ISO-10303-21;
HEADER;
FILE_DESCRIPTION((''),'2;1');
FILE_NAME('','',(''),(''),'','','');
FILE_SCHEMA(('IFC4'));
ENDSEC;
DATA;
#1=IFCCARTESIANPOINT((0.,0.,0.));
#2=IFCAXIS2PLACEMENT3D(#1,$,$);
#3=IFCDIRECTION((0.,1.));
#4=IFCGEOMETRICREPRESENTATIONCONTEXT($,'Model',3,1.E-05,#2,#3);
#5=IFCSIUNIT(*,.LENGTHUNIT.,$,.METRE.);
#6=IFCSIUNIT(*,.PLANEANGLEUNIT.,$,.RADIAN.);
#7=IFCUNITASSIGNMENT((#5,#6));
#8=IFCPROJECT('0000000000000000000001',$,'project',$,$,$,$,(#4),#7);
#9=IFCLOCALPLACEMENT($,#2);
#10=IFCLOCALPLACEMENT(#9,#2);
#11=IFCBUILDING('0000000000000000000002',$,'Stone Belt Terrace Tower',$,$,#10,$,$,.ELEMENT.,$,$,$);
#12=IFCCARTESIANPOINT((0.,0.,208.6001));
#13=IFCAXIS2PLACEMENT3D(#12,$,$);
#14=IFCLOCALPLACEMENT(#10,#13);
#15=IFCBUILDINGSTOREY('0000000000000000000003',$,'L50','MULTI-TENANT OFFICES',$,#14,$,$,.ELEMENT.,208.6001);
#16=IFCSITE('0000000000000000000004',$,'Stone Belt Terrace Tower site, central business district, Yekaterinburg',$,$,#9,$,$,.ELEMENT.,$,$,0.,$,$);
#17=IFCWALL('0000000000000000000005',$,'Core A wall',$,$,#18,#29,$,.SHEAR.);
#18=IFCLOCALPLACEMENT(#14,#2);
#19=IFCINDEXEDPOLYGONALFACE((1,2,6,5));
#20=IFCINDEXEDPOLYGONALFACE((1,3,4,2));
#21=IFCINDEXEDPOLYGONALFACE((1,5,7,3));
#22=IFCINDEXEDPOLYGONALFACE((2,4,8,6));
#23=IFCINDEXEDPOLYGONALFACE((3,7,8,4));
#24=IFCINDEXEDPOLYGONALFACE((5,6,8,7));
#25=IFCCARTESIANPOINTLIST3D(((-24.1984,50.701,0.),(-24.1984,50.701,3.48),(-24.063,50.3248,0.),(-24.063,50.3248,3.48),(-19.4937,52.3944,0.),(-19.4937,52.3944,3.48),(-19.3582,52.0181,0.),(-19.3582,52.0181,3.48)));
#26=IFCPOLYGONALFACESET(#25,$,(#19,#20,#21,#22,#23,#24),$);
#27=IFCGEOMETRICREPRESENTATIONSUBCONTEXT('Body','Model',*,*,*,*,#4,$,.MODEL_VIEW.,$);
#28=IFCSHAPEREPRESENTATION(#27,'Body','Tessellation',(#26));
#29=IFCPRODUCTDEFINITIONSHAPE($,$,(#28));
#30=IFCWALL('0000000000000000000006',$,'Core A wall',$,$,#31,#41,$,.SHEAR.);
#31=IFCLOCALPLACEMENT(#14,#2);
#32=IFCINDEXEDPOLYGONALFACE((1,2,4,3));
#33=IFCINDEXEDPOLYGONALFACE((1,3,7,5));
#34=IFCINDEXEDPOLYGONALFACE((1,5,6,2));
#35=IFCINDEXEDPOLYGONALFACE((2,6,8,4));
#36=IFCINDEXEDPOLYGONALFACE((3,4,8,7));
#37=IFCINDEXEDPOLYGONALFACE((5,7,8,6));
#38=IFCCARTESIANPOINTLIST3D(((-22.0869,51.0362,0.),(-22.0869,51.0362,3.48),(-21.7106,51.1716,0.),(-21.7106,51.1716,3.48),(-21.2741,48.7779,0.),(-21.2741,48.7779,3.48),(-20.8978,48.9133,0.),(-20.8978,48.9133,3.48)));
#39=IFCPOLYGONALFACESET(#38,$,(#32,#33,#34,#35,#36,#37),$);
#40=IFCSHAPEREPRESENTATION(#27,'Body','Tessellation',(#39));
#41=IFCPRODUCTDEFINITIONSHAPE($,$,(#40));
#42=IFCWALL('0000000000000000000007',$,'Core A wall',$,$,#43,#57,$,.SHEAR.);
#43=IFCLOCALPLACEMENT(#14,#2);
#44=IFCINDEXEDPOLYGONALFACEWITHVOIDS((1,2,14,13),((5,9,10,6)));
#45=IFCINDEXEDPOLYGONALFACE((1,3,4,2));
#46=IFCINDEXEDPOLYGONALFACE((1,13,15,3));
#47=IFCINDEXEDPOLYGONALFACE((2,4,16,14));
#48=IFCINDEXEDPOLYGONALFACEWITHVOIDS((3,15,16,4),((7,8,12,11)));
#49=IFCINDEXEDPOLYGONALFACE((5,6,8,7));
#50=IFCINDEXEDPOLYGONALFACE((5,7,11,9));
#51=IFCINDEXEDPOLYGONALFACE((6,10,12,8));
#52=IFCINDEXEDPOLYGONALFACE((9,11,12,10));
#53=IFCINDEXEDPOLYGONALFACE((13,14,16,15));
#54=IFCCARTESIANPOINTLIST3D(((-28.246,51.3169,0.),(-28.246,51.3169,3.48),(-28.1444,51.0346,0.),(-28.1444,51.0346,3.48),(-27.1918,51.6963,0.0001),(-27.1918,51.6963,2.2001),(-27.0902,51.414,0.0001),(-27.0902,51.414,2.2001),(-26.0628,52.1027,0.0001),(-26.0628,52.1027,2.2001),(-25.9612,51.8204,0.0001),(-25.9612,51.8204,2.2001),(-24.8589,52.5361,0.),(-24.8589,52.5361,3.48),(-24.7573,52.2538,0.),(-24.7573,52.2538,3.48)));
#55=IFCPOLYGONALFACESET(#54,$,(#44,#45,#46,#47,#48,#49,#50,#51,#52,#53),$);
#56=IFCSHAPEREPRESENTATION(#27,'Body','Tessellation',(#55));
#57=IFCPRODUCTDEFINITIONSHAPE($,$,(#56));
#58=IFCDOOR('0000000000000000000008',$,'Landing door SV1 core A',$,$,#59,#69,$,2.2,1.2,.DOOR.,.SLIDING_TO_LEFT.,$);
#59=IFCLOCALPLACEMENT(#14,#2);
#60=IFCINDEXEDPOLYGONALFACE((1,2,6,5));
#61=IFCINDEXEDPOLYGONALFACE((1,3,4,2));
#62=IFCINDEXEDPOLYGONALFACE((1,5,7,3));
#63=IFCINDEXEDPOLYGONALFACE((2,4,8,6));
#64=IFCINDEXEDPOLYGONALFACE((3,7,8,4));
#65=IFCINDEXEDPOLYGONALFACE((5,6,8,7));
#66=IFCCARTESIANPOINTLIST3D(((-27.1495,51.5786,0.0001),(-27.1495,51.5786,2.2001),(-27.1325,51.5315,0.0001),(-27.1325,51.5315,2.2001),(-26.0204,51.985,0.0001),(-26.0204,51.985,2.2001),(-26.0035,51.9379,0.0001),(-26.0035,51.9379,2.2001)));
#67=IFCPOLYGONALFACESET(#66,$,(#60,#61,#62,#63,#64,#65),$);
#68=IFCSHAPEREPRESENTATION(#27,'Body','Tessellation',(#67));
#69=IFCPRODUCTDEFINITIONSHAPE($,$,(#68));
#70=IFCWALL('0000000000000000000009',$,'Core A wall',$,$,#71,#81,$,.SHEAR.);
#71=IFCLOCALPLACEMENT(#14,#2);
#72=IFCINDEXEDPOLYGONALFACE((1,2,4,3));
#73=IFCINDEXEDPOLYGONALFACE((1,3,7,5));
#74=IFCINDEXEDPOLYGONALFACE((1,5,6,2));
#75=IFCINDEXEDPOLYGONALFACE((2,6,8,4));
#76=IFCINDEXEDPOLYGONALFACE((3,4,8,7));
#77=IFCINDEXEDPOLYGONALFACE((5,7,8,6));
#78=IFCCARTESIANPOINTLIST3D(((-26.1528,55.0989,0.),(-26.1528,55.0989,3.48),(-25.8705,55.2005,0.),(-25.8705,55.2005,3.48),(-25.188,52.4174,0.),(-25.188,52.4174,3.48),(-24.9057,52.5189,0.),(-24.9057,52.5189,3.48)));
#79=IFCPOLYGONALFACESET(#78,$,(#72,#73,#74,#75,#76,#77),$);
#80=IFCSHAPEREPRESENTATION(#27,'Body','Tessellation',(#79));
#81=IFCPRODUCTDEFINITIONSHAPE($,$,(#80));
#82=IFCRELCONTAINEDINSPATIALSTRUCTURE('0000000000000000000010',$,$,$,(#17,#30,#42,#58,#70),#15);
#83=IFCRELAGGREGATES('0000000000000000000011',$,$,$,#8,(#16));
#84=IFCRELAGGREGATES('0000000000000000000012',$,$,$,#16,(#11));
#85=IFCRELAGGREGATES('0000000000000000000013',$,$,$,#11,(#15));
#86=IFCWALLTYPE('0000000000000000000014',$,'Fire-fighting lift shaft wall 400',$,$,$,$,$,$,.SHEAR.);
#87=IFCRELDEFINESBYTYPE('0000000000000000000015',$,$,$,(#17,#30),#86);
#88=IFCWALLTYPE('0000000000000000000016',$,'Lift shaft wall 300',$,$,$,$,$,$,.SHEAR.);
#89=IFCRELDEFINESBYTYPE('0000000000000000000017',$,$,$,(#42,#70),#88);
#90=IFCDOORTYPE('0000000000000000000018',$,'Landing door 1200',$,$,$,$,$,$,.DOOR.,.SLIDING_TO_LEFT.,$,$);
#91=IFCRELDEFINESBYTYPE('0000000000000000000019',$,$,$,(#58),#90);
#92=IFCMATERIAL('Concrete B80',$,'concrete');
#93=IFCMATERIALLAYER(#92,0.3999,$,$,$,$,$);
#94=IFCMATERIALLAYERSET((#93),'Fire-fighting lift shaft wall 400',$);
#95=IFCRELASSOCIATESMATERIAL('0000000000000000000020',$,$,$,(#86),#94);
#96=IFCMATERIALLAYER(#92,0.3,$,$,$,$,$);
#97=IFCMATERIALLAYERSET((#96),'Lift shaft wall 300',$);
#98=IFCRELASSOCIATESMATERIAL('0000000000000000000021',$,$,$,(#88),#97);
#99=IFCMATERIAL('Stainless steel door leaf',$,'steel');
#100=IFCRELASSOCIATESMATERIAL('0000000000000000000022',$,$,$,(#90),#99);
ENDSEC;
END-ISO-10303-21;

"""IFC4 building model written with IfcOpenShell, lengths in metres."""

from ifc_helpers import new_model, si_unit, direction, frame, frame_2d, origin, place, context, subcontext, project, spatial, rectangle, extrude, material, layer, layer_set, type_object, element, fill, save


model = new_model("IFC4")

# Units and contexts
model_context = context("Model", 3, precision=1e-05, world=origin(), true_north=direction((0.0, 1.0)))
body_context = subcontext(model_context, "Body", "Model", "MODEL_VIEW")
ifc_project = project(units=[si_unit("LENGTHUNIT", "METRE"), si_unit("PLANEANGLEUNIT", "RADIAN")], contexts=[model_context])

# Site, building, storey
site_placement = place(None, origin())
site = spatial("IfcSite", under=ifc_project, at=site_placement, Name="Stone Belt Terrace Tower site, central business district, Yekaterinburg", CompositionType="ELEMENT", RefElevation=0.0)
building_placement = place(site_placement, origin())
building = spatial("IfcBuilding", under=site, at=building_placement, Name="Stone Belt Terrace Tower", CompositionType="ELEMENT")
storey_placement = place(building_placement, frame((0.0, 0.0, 208.6001)))
storey = spatial("IfcBuildingStorey", under=building, at=storey_placement, Name="L50", Description="MULTI-TENANT OFFICES", CompositionType="ELEMENT", Elevation=208.6001)

# Walls
ifc_material_1 = material(Name="Concrete B80", Category="concrete")
ifc_layer_1 = layer(ifc_material_1, 0.3999)
ifc_layer_set_1 = layer_set([ifc_layer_1], Name="Fire-fighting lift shaft wall 400")
wall_type_1 = type_object("IfcWallType", Name="Fire-fighting lift shaft wall 400", PredefinedType="SHEAR", material=ifc_layer_set_1)
wall_1_placement = place(storey_placement, frame((-24.1306, 50.5129, 0.0), z_axis=(0.0, 0.0, 1.0), x_axis=(0.940912, 0.338652, 0.0)))
element("IfcWall", 1, at=wall_1_placement, inside=storey, type_object=wall_type_1, Name="Core A wall", PredefinedType="SHEAR", context=body_context, shape_type="SweptSolid", body=[
    extrude(rectangle(XDim=5.0002, YDim=0.3999, at=frame_2d((2.5, 0.0))), origin(), (0.0, 0.0, 1.0), 3.48),
])
wall_2_placement = place(storey_placement, frame((-21.0859, 48.8455, 0.0), z_axis=(0.0, 0.0, 1.0), x_axis=(-0.338629, 0.94092, 0.0)))
element("IfcWall", 2, at=wall_2_placement, inside=storey, type_object=wall_type_1, Name="Core A wall", PredefinedType="SHEAR", context=body_context, shape_type="SweptSolid", body=[
    extrude(rectangle(XDim=2.4001, YDim=0.3999, at=frame_2d((1.2002, 0.0))), origin(), (0.0, 0.0, 1.0), 3.48),
])

# Wall, opening, door
ifc_layer_2 = layer(ifc_material_1, 0.3)
ifc_layer_set_2 = layer_set([ifc_layer_2], Name="Lift shaft wall 300")
wall_type_2 = type_object("IfcWallType", Name="Lift shaft wall 300", PredefinedType="SHEAR", material=ifc_layer_set_2)
wall_3_placement = place(storey_placement, frame((-28.1951, 51.1758, 0.0), z_axis=(0.0, 0.0, 1.0), x_axis=(0.940901, 0.338681, 0.0)))
wall_3 = element("IfcWall", 3, at=wall_3_placement, inside=storey, type_object=wall_type_2, Name="Core A wall", PredefinedType="SHEAR", context=body_context, shape_type="SweptSolid", body=[
    extrude(rectangle(XDim=3.5999, YDim=0.3, at=frame_2d((1.7998, 0.0))), origin(), (0.0, 0.0, 1.0), 3.48),
])
opening_1_placement = place(wall_3_placement, frame((1.1201, 0.0, 0.0)))
opening_1 = element("IfcOpeningElement", 4, at=opening_1_placement, cuts=wall_3, PredefinedType="OPENING", context=body_context, shape_type="SweptSolid", body=[
    extrude(rectangle(XDim=1.2, YDim=2.2, at=frame_2d((0.6001, 1.1001))), frame((0.0, 0.1599, 0.0), z_axis=(0.0, -1.0, 0.0), x_axis=(1.0, 0.0, 0.0)), (0.0, 0.0, 1.0), 0.3201),
])
ifc_material_2 = material(Name="Stainless steel door leaf", Category="steel")
door_type_1 = type_object("IfcDoorType", Name="Landing door 1200", OperationType="SLIDING_TO_LEFT", PredefinedType="DOOR", material=ifc_material_2)
door_1_placement = place(opening_1_placement, origin())
door_1 = element("IfcDoor", 5, at=door_1_placement, inside=storey, type_object=door_type_1, Name="Landing door SV1 core A", OperationType="SLIDING_TO_LEFT", OverallHeight=2.2, OverallWidth=1.2, PredefinedType="DOOR", context=body_context, shape_type="SweptSolid", body=[
    extrude(rectangle(XDim=1.2, YDim=2.2, at=frame_2d((0.6001, 1.1001))), frame((0.0, 0.0249, 0.0), z_axis=(0.0, -1.0, 0.0), x_axis=(1.0, 0.0, 0.0)), (0.0, 0.0, 1.0), 0.05),
])
fill(opening_1, door_1)

# Wall
wall_4_placement = place(storey_placement, frame((-25.0469, 52.4683, 0.0), z_axis=(0.0, 0.0, 1.0), x_axis=(-0.33855, 0.940949, 0.0)))
element("IfcWall", 6, at=wall_4_placement, inside=storey, type_object=wall_type_2, Name="Core A wall", PredefinedType="SHEAR", context=body_context, shape_type="SweptSolid", body=[
    extrude(rectangle(XDim=2.8499, YDim=0.3, at=frame_2d((1.4248, 0.0))), origin(), (0.0, 0.0, 1.0), 3.48),
])

save(model, "model.ifc")
